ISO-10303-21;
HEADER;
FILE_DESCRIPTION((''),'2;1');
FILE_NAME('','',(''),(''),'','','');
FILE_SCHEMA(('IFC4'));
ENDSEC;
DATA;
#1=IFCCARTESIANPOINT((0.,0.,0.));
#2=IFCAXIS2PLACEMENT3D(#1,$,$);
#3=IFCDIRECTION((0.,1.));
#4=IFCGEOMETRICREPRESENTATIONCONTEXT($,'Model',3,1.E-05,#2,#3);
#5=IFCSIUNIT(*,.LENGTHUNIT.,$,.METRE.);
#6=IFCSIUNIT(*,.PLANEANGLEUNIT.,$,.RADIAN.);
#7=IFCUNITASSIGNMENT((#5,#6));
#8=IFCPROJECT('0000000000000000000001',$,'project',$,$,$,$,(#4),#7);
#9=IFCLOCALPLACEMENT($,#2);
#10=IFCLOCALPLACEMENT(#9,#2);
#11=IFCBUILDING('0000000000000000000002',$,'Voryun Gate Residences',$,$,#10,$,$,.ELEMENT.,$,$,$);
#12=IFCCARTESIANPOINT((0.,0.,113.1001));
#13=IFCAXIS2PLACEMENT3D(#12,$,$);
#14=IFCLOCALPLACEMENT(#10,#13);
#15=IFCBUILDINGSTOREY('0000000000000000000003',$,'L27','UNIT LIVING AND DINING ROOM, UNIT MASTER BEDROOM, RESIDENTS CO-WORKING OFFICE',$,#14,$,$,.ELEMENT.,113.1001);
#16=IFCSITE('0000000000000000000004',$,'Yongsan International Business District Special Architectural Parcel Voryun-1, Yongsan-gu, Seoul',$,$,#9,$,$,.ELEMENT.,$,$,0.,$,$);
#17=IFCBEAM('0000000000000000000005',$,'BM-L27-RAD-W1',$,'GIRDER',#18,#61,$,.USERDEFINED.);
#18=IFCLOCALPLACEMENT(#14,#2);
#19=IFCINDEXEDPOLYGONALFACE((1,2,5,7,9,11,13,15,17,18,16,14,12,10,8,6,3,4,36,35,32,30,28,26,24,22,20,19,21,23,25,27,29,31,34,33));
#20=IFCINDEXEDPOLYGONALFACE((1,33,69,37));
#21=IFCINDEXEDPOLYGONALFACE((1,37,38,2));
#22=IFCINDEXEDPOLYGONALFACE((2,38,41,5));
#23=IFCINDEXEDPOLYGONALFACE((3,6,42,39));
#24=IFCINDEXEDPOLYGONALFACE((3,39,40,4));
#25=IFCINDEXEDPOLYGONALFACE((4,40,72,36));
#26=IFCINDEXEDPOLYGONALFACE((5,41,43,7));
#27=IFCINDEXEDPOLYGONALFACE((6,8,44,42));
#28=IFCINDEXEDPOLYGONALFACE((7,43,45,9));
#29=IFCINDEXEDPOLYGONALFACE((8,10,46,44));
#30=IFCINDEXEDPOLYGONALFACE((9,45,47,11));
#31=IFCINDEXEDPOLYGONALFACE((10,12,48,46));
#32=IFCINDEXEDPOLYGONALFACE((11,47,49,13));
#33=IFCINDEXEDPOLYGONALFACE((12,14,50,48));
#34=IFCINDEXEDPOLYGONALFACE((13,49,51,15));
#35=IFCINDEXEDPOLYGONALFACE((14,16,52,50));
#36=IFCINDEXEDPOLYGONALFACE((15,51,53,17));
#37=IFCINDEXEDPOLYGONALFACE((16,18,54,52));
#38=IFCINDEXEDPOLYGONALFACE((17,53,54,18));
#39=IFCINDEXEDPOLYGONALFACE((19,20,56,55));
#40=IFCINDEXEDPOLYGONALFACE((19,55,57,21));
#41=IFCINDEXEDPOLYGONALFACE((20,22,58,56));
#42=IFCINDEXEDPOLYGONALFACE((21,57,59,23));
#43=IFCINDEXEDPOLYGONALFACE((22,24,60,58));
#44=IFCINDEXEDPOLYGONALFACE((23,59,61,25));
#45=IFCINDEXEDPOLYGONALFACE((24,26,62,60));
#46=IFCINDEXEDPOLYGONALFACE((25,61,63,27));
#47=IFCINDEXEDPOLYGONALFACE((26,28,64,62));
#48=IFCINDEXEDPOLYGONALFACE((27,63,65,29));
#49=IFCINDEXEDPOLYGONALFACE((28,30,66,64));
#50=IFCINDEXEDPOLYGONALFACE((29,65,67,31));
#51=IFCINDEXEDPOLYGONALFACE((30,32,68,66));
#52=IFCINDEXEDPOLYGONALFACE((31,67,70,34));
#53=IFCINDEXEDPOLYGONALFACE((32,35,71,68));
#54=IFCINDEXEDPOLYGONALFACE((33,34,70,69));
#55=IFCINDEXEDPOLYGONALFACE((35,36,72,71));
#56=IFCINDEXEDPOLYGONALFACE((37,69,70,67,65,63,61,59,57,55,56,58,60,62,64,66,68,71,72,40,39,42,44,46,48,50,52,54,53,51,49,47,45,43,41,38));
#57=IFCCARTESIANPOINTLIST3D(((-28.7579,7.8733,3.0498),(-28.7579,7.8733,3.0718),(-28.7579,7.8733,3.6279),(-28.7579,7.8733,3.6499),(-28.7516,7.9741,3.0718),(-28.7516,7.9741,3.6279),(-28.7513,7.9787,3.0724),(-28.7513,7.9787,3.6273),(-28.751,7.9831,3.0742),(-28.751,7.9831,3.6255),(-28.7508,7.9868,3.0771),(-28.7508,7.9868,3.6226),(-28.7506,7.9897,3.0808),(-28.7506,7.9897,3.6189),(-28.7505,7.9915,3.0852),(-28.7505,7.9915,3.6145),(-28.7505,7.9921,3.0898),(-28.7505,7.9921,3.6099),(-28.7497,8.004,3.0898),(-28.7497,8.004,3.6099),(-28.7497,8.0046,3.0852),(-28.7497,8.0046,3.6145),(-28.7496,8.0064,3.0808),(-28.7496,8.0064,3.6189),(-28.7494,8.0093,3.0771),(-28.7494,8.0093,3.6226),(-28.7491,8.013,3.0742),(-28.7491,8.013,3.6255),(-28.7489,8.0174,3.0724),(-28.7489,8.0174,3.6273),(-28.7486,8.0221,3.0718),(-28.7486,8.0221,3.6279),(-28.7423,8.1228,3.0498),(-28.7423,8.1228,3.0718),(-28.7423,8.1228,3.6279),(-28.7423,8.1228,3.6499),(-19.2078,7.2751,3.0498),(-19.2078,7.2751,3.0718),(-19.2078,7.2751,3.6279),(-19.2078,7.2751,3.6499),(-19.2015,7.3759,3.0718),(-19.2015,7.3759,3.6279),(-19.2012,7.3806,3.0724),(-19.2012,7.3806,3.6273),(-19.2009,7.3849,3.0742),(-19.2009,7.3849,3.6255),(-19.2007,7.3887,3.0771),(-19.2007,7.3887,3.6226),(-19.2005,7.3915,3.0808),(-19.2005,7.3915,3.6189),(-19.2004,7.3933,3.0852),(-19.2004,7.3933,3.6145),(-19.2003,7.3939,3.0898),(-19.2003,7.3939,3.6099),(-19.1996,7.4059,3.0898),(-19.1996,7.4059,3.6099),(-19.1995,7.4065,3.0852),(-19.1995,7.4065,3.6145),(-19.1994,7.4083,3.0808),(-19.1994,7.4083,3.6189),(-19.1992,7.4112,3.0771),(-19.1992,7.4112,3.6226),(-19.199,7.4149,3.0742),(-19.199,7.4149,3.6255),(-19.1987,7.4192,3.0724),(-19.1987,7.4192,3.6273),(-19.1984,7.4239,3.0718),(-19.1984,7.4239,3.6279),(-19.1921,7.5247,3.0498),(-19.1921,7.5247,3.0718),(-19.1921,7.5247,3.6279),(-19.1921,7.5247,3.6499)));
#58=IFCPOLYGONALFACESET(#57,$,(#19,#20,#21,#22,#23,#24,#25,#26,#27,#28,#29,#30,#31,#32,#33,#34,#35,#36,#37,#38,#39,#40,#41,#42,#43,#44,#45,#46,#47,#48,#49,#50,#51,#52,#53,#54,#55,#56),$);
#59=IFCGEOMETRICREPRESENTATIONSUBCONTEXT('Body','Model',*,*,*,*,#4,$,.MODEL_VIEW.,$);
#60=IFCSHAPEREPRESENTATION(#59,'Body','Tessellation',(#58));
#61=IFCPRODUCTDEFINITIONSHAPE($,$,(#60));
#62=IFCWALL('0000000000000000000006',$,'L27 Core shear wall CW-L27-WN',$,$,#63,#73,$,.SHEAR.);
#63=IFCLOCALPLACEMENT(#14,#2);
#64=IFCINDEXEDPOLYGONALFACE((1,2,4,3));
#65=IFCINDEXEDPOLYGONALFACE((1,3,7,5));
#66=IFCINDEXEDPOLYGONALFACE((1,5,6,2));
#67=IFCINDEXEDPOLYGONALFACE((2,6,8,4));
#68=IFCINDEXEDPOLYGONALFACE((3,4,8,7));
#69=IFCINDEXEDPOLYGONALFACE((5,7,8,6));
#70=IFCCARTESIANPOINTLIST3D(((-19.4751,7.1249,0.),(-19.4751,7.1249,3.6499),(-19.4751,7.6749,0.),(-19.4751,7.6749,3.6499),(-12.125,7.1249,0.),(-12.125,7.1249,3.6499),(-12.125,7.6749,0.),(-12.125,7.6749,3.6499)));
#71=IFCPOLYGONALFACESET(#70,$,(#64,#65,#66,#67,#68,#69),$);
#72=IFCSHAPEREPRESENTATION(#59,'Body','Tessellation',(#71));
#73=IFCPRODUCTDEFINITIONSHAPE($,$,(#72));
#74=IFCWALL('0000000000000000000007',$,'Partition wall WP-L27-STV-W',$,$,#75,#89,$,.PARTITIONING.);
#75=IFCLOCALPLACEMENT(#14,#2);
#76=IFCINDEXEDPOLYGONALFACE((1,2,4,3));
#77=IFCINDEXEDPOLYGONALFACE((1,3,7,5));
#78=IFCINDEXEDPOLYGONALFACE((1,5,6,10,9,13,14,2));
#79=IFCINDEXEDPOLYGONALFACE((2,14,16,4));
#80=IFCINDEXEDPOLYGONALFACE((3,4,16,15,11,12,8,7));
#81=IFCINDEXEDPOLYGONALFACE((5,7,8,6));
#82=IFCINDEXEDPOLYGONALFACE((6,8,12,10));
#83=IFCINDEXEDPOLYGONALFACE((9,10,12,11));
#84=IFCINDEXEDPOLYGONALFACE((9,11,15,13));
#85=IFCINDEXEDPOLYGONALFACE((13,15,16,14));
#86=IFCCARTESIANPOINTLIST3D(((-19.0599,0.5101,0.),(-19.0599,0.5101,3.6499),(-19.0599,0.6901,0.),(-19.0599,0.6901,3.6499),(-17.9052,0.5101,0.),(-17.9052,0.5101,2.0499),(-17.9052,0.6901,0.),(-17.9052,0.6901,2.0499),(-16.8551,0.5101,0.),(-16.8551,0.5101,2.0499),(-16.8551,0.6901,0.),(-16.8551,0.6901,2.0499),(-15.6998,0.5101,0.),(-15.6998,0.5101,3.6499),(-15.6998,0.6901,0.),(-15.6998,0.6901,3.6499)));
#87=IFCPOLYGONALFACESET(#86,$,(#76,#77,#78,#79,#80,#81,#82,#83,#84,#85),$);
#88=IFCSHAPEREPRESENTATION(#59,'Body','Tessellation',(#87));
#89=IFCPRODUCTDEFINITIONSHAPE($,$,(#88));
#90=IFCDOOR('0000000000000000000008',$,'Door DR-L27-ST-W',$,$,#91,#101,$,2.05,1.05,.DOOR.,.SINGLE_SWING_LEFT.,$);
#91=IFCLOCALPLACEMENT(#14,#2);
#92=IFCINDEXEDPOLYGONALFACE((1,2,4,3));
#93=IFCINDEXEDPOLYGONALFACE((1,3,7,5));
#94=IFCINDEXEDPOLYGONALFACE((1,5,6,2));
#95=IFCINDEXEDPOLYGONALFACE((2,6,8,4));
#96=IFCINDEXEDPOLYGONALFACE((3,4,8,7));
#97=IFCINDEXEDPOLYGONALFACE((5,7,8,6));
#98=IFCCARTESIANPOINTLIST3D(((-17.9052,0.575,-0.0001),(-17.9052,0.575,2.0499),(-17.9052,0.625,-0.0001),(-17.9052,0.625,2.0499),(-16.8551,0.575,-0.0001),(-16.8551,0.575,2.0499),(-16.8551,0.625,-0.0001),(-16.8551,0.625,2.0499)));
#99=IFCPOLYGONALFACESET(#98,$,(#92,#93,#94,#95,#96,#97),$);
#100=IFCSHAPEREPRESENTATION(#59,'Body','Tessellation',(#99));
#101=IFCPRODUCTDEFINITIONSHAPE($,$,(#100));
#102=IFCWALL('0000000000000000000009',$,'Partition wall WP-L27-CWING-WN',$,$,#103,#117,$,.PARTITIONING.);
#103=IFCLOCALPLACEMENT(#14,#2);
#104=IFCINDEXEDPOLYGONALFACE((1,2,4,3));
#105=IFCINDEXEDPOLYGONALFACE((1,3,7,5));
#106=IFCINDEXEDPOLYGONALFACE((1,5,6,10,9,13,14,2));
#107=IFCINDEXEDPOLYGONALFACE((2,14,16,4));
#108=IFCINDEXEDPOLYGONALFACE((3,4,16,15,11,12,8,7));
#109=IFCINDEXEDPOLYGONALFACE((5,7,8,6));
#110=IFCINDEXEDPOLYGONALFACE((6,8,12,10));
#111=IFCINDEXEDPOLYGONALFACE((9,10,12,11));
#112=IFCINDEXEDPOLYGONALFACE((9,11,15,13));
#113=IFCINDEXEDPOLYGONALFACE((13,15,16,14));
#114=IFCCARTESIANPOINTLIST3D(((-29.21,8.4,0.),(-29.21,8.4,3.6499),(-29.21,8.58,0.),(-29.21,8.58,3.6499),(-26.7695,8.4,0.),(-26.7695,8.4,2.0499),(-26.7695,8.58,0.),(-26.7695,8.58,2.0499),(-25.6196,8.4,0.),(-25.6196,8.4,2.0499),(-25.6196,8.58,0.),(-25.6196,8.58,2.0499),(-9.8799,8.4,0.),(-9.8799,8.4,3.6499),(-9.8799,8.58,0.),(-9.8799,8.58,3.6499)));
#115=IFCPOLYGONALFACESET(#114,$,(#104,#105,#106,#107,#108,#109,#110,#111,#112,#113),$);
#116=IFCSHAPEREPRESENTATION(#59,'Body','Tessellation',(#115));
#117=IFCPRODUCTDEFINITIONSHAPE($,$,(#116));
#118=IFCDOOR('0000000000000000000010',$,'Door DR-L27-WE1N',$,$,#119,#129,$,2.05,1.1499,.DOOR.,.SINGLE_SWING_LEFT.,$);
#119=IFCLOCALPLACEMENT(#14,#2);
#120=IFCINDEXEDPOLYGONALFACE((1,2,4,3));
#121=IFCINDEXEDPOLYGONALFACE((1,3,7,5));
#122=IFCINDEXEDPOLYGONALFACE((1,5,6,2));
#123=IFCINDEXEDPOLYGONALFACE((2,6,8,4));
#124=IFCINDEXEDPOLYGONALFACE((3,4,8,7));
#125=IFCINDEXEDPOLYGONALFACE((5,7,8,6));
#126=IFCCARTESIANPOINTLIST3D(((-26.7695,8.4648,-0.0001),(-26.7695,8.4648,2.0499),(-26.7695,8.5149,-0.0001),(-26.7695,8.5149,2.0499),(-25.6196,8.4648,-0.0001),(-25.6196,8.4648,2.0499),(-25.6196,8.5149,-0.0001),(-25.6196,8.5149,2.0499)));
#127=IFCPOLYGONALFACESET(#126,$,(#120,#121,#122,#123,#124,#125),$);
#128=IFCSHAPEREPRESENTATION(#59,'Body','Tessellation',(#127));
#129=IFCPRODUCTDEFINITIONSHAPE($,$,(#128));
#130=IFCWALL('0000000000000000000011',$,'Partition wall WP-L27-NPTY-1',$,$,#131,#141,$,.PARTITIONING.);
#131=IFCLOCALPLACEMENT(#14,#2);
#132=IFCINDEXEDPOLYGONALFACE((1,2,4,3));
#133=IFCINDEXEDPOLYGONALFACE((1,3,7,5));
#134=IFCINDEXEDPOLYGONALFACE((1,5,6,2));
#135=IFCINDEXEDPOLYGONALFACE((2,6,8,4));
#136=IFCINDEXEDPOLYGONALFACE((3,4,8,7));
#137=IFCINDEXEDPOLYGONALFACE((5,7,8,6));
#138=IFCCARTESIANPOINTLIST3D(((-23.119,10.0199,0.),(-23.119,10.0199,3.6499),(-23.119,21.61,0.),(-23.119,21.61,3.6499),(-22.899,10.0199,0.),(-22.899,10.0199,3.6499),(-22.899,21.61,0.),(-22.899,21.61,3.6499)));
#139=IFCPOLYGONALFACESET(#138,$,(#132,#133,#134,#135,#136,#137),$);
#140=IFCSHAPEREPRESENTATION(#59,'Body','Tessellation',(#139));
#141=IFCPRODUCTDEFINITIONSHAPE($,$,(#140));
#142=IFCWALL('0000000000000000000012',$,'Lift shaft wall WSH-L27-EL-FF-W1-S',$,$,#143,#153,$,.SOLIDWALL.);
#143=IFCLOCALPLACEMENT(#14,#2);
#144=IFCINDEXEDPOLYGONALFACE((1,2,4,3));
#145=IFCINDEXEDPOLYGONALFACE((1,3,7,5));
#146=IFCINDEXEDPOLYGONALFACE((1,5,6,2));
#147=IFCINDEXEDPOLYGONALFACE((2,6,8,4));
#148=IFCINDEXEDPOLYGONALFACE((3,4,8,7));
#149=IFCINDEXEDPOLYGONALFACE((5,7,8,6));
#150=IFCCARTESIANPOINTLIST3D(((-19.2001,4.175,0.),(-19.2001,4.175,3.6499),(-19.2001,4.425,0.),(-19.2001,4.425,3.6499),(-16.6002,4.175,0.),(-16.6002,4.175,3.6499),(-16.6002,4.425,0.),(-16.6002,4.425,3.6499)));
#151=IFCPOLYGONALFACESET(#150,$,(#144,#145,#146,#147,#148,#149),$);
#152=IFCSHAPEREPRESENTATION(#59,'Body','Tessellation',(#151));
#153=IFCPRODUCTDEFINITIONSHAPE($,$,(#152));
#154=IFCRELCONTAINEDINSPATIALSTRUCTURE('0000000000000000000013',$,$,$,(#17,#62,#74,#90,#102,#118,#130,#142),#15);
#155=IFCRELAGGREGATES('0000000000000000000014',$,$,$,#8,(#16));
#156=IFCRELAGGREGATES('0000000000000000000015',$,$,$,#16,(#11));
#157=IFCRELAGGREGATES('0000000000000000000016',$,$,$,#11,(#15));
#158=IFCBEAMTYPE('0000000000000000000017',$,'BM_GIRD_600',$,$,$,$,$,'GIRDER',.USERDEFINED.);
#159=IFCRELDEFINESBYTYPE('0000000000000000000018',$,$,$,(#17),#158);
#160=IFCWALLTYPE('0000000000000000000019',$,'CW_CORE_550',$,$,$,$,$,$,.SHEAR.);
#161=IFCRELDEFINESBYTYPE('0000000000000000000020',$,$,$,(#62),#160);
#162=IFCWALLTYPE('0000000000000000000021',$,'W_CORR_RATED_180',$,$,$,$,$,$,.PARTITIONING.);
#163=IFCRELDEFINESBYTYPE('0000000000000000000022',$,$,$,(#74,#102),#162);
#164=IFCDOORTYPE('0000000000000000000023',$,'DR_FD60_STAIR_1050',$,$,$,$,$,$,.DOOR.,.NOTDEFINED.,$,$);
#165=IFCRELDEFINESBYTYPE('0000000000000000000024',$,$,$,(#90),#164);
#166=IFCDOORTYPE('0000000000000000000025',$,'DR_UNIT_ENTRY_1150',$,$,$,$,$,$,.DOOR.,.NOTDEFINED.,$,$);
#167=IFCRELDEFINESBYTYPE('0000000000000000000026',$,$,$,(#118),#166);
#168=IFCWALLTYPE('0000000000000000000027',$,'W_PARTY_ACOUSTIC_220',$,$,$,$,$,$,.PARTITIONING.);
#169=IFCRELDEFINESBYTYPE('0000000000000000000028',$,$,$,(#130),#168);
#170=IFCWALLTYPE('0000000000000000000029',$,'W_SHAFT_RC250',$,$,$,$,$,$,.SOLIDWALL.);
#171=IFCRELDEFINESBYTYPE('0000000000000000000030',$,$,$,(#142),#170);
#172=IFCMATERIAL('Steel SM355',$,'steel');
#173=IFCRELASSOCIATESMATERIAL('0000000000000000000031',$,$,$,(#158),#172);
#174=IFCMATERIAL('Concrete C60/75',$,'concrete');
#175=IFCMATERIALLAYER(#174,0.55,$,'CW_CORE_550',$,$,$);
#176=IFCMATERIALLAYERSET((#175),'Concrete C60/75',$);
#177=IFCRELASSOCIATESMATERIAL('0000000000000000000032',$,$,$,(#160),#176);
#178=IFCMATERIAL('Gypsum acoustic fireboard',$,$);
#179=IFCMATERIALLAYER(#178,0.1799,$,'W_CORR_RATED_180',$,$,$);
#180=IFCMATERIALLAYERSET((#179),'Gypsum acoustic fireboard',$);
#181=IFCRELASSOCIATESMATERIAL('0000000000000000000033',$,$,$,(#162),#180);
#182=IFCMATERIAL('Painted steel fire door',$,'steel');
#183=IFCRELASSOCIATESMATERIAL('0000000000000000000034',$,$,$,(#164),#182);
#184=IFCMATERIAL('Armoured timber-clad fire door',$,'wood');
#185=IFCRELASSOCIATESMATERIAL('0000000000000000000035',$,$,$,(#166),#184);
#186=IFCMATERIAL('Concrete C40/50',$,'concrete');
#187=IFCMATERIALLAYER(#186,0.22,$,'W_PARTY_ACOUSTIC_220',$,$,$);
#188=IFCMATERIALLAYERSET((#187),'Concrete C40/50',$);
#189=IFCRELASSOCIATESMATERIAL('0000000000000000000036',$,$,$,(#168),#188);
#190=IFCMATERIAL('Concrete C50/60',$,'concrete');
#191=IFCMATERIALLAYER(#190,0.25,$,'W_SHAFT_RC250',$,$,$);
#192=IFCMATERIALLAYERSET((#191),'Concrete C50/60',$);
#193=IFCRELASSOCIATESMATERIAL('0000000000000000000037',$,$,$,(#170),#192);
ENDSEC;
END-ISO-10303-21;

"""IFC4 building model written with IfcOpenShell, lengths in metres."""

from ifc_helpers import new_model, si_unit, direction, frame, frame_2d, origin, origin_2d, place, context, subcontext, project, spatial, rectangle, i_section, extrude, material, layer, layer_set, material_profile, profile_set, type_object, element, fill, save


model = new_model("IFC4")

# Units and contexts
model_context = context("Model", 3, precision=1e-05, world=origin(), true_north=direction((0.0, 1.0)))
body_context = subcontext(model_context, "Body", "Model", "MODEL_VIEW")
ifc_project = project(units=[si_unit("LENGTHUNIT", "METRE"), si_unit("PLANEANGLEUNIT", "RADIAN")], contexts=[model_context])

# Site, building, storey
site_placement = place(None, origin())
site = spatial("IfcSite", under=ifc_project, at=site_placement, Name="Yongsan International Business District Special Architectural Parcel Voryun-1, Yongsan-gu, Seoul", CompositionType="ELEMENT", RefElevation=0.0)
building_placement = place(site_placement, origin())
building = spatial("IfcBuilding", under=site, at=building_placement, Name="Voryun Gate Residences", CompositionType="ELEMENT")
storey_placement = place(building_placement, frame((0.0, 0.0, 113.1001)))
storey = spatial("IfcBuildingStorey", under=building, at=storey_placement, Name="L27", Description="UNIT LIVING AND DINING ROOM, UNIT MASTER BEDROOM, RESIDENTS CO-WORKING OFFICE", CompositionType="ELEMENT", Elevation=113.1001)

# Beam
ifc_material_1 = material(Name="Steel SM355", Category="steel")
ifc_material_profile_1 = material_profile(ifc_material_1, i_section(OverallWidth=0.25, OverallDepth=0.6001, WebThickness=0.012, FlangeThickness=0.022, FilletRadius=0.0181, at=origin_2d()), Name="H-600x250x12x22")
ifc_profile_set_1 = profile_set([ifc_material_profile_1], Name="Steel SM355")
beam_type_1 = type_object("IfcBeamType", Name="BM_GIRD_600", ElementType="GIRDER", PredefinedType="USERDEFINED", material=ifc_profile_set_1)
beam_1_placement = place(storey_placement, frame((-19.2, 7.3999, 3.3499), z_axis=(-0.998044, 0.06251, 0.0), x_axis=(-0.06251, -0.998044, 0.0)))
element("IfcBeam", 1, at=beam_1_placement, inside=storey, type_object=beam_type_1, Name="BM-L27-RAD-W1", ObjectType="GIRDER", PredefinedType="USERDEFINED", context=body_context, shape_type="SweptSolid", body=[
    extrude(i_section(OverallWidth=0.25, OverallDepth=0.6001, WebThickness=0.012, FlangeThickness=0.022, FilletRadius=0.0181, at=origin_2d()), origin(), (0.0, 0.0, 1.0), 9.5688),
])

# Wall
ifc_material_2 = material(Name="Concrete C60/75", Category="concrete")
ifc_layer_1 = layer(ifc_material_2, 0.55, Name="CW_CORE_550")
ifc_layer_set_1 = layer_set([ifc_layer_1], Name="Concrete C60/75")
wall_type_1 = type_object("IfcWallType", Name="CW_CORE_550", PredefinedType="SHEAR", material=ifc_layer_set_1)
wall_1_placement = place(storey_placement, frame((-19.4751, 7.3999, 0.0), z_axis=(0.0, 0.0, 1.0), x_axis=(1.0, 0.0, 0.0)))
element("IfcWall", 2, at=wall_1_placement, inside=storey, type_object=wall_type_1, Name="L27 Core shear wall CW-L27-WN", PredefinedType="SHEAR", context=body_context, shape_type="SweptSolid", body=[
    extrude(rectangle(XDim=7.3501, YDim=0.55, at=frame_2d((3.675, 0.0))), origin(), (0.0, 0.0, 1.0), 3.6499),
])

# Walls, openings, doors
ifc_material_3 = material(Name="Gypsum acoustic fireboard")
ifc_layer_2 = layer(ifc_material_3, 0.1799, Name="W_CORR_RATED_180")
ifc_layer_set_2 = layer_set([ifc_layer_2], Name="Gypsum acoustic fireboard")
wall_type_2 = type_object("IfcWallType", Name="W_CORR_RATED_180", PredefinedType="PARTITIONING", material=ifc_layer_set_2)
wall_2_placement = place(storey_placement, frame((-19.0601, 0.6001, 0.0), z_axis=(0.0, 0.0, 1.0), x_axis=(1.0, 0.0, 0.0)))
wall_2 = element("IfcWall", 3, at=wall_2_placement, inside=storey, type_object=wall_type_2, Name="Partition wall WP-L27-STV-W", PredefinedType="PARTITIONING", context=body_context, shape_type="SweptSolid", body=[
    extrude(rectangle(XDim=3.3601, YDim=0.1799, at=frame_2d((1.6802, 0.0))), origin(), (0.0, 0.0, 1.0), 3.6499),
])
opening_1_placement = place(wall_2_placement, frame((1.155, 0.0, 0.0)))
opening_1 = element("IfcOpeningElement", 4, at=opening_1_placement, cuts=wall_2, PredefinedType="OPENING", context=body_context, shape_type="SweptSolid", body=[
    extrude(rectangle(XDim=1.05, YDim=2.05, at=frame_2d((0.5249, 1.0249))), frame((0.0, 0.0999, 0.0), z_axis=(0.0, -1.0, 0.0), x_axis=(1.0, 0.0, 0.0)), (0.0, 0.0, 1.0), 0.2),
])
ifc_material_4 = material(Name="Painted steel fire door", Category="steel")
door_type_1 = type_object("IfcDoorType", Name="DR_FD60_STAIR_1050", OperationType="NOTDEFINED", PredefinedType="DOOR", material=ifc_material_4)
door_1_placement = place(opening_1_placement, origin())
door_1 = element("IfcDoor", 5, at=door_1_placement, inside=storey, type_object=door_type_1, Name="Door DR-L27-ST-W", OperationType="SINGLE_SWING_LEFT", OverallHeight=2.05, OverallWidth=1.05, PredefinedType="DOOR", context=body_context, shape_type="SweptSolid", body=[
    extrude(rectangle(XDim=1.05, YDim=2.05, at=frame_2d((0.5249, 1.0249))), frame((0.0, 0.0249, 0.0), z_axis=(0.0, -1.0, 0.0), x_axis=(1.0, 0.0, 0.0)), (0.0, 0.0, 1.0), 0.05),
])
fill(opening_1, door_1)
wall_3_placement = place(storey_placement, frame((-29.21, 8.49, 0.0), z_axis=(0.0, 0.0, 1.0), x_axis=(1.0, 0.0, 0.0)))
wall_3 = element("IfcWall", 6, at=wall_3_placement, inside=storey, type_object=wall_type_2, Name="Partition wall WP-L27-CWING-WN", PredefinedType="PARTITIONING", context=body_context, shape_type="SweptSolid", body=[
    extrude(rectangle(XDim=19.3301, YDim=0.1799, at=frame_2d((9.665, 0.0))), origin(), (0.0, 0.0, 1.0), 3.6499),
])
opening_2_placement = place(wall_3_placement, frame((2.4404, 0.0, 0.0)))
opening_2 = element("IfcOpeningElement", 7, at=opening_2_placement, cuts=wall_3, PredefinedType="OPENING", context=body_context, shape_type="SweptSolid", body=[
    extrude(rectangle(XDim=1.1499, YDim=2.05, at=frame_2d((0.575, 1.0249))), frame((0.0, 0.0999, 0.0), z_axis=(0.0, -1.0, 0.0), x_axis=(1.0, 0.0, 0.0)), (0.0, 0.0, 1.0), 0.2),
])
ifc_material_5 = material(Name="Armoured timber-clad fire door", Category="wood")
door_type_2 = type_object("IfcDoorType", Name="DR_UNIT_ENTRY_1150", OperationType="NOTDEFINED", PredefinedType="DOOR", material=ifc_material_5)
door_2_placement = place(opening_2_placement, origin())
door_2 = element("IfcDoor", 8, at=door_2_placement, inside=storey, type_object=door_type_2, Name="Door DR-L27-WE1N", OperationType="SINGLE_SWING_LEFT", OverallHeight=2.05, OverallWidth=1.1499, PredefinedType="DOOR", context=body_context, shape_type="SweptSolid", body=[
    extrude(rectangle(XDim=1.1499, YDim=2.05, at=frame_2d((0.575, 1.0249))), frame((0.0, 0.0249, 0.0), z_axis=(0.0, -1.0, 0.0), x_axis=(1.0, 0.0, 0.0)), (0.0, 0.0, 1.0), 0.05),
])
fill(opening_2, door_2)

# Walls
ifc_material_6 = material(Name="Concrete C40/50", Category="concrete")
ifc_layer_3 = layer(ifc_material_6, 0.22, Name="W_PARTY_ACOUSTIC_220")
ifc_layer_set_3 = layer_set([ifc_layer_3], Name="Concrete C40/50")
wall_type_3 = type_object("IfcWallType", Name="W_PARTY_ACOUSTIC_220", PredefinedType="PARTITIONING", material=ifc_layer_set_3)
wall_4_placement = place(storey_placement, frame((-23.009, 10.02, 0.0), z_axis=(0.0, 0.0, 1.0), x_axis=(0.0, 1.0, 0.0)))
element("IfcWall", 9, at=wall_4_placement, inside=storey, type_object=wall_type_3, Name="Partition wall WP-L27-NPTY-1", PredefinedType="PARTITIONING", context=body_context, shape_type="SweptSolid", body=[
    extrude(rectangle(XDim=11.5901, YDim=0.22, at=frame_2d((5.7949, 0.0))), origin(), (0.0, 0.0, 1.0), 3.6499),
])
ifc_material_7 = material(Name="Concrete C50/60", Category="concrete")
ifc_layer_4 = layer(ifc_material_7, 0.25, Name="W_SHAFT_RC250")
ifc_layer_set_4 = layer_set([ifc_layer_4], Name="Concrete C50/60")
wall_type_4 = type_object("IfcWallType", Name="W_SHAFT_RC250", PredefinedType="SOLIDWALL", material=ifc_layer_set_4)
wall_5_placement = place(storey_placement, frame((-19.2, 4.3, 0.0), z_axis=(0.0, 0.0, 1.0), x_axis=(1.0, 0.0, 0.0)))
element("IfcWall", 10, at=wall_5_placement, inside=storey, type_object=wall_type_4, Name="Lift shaft wall WSH-L27-EL-FF-W1-S", PredefinedType="SOLIDWALL", context=body_context, shape_type="SweptSolid", body=[
    extrude(rectangle(XDim=2.5999, YDim=0.25, at=frame_2d((1.2998, 0.0))), origin(), (0.0, 0.0, 1.0), 3.6499),
])

save(model, "model.ifc")
